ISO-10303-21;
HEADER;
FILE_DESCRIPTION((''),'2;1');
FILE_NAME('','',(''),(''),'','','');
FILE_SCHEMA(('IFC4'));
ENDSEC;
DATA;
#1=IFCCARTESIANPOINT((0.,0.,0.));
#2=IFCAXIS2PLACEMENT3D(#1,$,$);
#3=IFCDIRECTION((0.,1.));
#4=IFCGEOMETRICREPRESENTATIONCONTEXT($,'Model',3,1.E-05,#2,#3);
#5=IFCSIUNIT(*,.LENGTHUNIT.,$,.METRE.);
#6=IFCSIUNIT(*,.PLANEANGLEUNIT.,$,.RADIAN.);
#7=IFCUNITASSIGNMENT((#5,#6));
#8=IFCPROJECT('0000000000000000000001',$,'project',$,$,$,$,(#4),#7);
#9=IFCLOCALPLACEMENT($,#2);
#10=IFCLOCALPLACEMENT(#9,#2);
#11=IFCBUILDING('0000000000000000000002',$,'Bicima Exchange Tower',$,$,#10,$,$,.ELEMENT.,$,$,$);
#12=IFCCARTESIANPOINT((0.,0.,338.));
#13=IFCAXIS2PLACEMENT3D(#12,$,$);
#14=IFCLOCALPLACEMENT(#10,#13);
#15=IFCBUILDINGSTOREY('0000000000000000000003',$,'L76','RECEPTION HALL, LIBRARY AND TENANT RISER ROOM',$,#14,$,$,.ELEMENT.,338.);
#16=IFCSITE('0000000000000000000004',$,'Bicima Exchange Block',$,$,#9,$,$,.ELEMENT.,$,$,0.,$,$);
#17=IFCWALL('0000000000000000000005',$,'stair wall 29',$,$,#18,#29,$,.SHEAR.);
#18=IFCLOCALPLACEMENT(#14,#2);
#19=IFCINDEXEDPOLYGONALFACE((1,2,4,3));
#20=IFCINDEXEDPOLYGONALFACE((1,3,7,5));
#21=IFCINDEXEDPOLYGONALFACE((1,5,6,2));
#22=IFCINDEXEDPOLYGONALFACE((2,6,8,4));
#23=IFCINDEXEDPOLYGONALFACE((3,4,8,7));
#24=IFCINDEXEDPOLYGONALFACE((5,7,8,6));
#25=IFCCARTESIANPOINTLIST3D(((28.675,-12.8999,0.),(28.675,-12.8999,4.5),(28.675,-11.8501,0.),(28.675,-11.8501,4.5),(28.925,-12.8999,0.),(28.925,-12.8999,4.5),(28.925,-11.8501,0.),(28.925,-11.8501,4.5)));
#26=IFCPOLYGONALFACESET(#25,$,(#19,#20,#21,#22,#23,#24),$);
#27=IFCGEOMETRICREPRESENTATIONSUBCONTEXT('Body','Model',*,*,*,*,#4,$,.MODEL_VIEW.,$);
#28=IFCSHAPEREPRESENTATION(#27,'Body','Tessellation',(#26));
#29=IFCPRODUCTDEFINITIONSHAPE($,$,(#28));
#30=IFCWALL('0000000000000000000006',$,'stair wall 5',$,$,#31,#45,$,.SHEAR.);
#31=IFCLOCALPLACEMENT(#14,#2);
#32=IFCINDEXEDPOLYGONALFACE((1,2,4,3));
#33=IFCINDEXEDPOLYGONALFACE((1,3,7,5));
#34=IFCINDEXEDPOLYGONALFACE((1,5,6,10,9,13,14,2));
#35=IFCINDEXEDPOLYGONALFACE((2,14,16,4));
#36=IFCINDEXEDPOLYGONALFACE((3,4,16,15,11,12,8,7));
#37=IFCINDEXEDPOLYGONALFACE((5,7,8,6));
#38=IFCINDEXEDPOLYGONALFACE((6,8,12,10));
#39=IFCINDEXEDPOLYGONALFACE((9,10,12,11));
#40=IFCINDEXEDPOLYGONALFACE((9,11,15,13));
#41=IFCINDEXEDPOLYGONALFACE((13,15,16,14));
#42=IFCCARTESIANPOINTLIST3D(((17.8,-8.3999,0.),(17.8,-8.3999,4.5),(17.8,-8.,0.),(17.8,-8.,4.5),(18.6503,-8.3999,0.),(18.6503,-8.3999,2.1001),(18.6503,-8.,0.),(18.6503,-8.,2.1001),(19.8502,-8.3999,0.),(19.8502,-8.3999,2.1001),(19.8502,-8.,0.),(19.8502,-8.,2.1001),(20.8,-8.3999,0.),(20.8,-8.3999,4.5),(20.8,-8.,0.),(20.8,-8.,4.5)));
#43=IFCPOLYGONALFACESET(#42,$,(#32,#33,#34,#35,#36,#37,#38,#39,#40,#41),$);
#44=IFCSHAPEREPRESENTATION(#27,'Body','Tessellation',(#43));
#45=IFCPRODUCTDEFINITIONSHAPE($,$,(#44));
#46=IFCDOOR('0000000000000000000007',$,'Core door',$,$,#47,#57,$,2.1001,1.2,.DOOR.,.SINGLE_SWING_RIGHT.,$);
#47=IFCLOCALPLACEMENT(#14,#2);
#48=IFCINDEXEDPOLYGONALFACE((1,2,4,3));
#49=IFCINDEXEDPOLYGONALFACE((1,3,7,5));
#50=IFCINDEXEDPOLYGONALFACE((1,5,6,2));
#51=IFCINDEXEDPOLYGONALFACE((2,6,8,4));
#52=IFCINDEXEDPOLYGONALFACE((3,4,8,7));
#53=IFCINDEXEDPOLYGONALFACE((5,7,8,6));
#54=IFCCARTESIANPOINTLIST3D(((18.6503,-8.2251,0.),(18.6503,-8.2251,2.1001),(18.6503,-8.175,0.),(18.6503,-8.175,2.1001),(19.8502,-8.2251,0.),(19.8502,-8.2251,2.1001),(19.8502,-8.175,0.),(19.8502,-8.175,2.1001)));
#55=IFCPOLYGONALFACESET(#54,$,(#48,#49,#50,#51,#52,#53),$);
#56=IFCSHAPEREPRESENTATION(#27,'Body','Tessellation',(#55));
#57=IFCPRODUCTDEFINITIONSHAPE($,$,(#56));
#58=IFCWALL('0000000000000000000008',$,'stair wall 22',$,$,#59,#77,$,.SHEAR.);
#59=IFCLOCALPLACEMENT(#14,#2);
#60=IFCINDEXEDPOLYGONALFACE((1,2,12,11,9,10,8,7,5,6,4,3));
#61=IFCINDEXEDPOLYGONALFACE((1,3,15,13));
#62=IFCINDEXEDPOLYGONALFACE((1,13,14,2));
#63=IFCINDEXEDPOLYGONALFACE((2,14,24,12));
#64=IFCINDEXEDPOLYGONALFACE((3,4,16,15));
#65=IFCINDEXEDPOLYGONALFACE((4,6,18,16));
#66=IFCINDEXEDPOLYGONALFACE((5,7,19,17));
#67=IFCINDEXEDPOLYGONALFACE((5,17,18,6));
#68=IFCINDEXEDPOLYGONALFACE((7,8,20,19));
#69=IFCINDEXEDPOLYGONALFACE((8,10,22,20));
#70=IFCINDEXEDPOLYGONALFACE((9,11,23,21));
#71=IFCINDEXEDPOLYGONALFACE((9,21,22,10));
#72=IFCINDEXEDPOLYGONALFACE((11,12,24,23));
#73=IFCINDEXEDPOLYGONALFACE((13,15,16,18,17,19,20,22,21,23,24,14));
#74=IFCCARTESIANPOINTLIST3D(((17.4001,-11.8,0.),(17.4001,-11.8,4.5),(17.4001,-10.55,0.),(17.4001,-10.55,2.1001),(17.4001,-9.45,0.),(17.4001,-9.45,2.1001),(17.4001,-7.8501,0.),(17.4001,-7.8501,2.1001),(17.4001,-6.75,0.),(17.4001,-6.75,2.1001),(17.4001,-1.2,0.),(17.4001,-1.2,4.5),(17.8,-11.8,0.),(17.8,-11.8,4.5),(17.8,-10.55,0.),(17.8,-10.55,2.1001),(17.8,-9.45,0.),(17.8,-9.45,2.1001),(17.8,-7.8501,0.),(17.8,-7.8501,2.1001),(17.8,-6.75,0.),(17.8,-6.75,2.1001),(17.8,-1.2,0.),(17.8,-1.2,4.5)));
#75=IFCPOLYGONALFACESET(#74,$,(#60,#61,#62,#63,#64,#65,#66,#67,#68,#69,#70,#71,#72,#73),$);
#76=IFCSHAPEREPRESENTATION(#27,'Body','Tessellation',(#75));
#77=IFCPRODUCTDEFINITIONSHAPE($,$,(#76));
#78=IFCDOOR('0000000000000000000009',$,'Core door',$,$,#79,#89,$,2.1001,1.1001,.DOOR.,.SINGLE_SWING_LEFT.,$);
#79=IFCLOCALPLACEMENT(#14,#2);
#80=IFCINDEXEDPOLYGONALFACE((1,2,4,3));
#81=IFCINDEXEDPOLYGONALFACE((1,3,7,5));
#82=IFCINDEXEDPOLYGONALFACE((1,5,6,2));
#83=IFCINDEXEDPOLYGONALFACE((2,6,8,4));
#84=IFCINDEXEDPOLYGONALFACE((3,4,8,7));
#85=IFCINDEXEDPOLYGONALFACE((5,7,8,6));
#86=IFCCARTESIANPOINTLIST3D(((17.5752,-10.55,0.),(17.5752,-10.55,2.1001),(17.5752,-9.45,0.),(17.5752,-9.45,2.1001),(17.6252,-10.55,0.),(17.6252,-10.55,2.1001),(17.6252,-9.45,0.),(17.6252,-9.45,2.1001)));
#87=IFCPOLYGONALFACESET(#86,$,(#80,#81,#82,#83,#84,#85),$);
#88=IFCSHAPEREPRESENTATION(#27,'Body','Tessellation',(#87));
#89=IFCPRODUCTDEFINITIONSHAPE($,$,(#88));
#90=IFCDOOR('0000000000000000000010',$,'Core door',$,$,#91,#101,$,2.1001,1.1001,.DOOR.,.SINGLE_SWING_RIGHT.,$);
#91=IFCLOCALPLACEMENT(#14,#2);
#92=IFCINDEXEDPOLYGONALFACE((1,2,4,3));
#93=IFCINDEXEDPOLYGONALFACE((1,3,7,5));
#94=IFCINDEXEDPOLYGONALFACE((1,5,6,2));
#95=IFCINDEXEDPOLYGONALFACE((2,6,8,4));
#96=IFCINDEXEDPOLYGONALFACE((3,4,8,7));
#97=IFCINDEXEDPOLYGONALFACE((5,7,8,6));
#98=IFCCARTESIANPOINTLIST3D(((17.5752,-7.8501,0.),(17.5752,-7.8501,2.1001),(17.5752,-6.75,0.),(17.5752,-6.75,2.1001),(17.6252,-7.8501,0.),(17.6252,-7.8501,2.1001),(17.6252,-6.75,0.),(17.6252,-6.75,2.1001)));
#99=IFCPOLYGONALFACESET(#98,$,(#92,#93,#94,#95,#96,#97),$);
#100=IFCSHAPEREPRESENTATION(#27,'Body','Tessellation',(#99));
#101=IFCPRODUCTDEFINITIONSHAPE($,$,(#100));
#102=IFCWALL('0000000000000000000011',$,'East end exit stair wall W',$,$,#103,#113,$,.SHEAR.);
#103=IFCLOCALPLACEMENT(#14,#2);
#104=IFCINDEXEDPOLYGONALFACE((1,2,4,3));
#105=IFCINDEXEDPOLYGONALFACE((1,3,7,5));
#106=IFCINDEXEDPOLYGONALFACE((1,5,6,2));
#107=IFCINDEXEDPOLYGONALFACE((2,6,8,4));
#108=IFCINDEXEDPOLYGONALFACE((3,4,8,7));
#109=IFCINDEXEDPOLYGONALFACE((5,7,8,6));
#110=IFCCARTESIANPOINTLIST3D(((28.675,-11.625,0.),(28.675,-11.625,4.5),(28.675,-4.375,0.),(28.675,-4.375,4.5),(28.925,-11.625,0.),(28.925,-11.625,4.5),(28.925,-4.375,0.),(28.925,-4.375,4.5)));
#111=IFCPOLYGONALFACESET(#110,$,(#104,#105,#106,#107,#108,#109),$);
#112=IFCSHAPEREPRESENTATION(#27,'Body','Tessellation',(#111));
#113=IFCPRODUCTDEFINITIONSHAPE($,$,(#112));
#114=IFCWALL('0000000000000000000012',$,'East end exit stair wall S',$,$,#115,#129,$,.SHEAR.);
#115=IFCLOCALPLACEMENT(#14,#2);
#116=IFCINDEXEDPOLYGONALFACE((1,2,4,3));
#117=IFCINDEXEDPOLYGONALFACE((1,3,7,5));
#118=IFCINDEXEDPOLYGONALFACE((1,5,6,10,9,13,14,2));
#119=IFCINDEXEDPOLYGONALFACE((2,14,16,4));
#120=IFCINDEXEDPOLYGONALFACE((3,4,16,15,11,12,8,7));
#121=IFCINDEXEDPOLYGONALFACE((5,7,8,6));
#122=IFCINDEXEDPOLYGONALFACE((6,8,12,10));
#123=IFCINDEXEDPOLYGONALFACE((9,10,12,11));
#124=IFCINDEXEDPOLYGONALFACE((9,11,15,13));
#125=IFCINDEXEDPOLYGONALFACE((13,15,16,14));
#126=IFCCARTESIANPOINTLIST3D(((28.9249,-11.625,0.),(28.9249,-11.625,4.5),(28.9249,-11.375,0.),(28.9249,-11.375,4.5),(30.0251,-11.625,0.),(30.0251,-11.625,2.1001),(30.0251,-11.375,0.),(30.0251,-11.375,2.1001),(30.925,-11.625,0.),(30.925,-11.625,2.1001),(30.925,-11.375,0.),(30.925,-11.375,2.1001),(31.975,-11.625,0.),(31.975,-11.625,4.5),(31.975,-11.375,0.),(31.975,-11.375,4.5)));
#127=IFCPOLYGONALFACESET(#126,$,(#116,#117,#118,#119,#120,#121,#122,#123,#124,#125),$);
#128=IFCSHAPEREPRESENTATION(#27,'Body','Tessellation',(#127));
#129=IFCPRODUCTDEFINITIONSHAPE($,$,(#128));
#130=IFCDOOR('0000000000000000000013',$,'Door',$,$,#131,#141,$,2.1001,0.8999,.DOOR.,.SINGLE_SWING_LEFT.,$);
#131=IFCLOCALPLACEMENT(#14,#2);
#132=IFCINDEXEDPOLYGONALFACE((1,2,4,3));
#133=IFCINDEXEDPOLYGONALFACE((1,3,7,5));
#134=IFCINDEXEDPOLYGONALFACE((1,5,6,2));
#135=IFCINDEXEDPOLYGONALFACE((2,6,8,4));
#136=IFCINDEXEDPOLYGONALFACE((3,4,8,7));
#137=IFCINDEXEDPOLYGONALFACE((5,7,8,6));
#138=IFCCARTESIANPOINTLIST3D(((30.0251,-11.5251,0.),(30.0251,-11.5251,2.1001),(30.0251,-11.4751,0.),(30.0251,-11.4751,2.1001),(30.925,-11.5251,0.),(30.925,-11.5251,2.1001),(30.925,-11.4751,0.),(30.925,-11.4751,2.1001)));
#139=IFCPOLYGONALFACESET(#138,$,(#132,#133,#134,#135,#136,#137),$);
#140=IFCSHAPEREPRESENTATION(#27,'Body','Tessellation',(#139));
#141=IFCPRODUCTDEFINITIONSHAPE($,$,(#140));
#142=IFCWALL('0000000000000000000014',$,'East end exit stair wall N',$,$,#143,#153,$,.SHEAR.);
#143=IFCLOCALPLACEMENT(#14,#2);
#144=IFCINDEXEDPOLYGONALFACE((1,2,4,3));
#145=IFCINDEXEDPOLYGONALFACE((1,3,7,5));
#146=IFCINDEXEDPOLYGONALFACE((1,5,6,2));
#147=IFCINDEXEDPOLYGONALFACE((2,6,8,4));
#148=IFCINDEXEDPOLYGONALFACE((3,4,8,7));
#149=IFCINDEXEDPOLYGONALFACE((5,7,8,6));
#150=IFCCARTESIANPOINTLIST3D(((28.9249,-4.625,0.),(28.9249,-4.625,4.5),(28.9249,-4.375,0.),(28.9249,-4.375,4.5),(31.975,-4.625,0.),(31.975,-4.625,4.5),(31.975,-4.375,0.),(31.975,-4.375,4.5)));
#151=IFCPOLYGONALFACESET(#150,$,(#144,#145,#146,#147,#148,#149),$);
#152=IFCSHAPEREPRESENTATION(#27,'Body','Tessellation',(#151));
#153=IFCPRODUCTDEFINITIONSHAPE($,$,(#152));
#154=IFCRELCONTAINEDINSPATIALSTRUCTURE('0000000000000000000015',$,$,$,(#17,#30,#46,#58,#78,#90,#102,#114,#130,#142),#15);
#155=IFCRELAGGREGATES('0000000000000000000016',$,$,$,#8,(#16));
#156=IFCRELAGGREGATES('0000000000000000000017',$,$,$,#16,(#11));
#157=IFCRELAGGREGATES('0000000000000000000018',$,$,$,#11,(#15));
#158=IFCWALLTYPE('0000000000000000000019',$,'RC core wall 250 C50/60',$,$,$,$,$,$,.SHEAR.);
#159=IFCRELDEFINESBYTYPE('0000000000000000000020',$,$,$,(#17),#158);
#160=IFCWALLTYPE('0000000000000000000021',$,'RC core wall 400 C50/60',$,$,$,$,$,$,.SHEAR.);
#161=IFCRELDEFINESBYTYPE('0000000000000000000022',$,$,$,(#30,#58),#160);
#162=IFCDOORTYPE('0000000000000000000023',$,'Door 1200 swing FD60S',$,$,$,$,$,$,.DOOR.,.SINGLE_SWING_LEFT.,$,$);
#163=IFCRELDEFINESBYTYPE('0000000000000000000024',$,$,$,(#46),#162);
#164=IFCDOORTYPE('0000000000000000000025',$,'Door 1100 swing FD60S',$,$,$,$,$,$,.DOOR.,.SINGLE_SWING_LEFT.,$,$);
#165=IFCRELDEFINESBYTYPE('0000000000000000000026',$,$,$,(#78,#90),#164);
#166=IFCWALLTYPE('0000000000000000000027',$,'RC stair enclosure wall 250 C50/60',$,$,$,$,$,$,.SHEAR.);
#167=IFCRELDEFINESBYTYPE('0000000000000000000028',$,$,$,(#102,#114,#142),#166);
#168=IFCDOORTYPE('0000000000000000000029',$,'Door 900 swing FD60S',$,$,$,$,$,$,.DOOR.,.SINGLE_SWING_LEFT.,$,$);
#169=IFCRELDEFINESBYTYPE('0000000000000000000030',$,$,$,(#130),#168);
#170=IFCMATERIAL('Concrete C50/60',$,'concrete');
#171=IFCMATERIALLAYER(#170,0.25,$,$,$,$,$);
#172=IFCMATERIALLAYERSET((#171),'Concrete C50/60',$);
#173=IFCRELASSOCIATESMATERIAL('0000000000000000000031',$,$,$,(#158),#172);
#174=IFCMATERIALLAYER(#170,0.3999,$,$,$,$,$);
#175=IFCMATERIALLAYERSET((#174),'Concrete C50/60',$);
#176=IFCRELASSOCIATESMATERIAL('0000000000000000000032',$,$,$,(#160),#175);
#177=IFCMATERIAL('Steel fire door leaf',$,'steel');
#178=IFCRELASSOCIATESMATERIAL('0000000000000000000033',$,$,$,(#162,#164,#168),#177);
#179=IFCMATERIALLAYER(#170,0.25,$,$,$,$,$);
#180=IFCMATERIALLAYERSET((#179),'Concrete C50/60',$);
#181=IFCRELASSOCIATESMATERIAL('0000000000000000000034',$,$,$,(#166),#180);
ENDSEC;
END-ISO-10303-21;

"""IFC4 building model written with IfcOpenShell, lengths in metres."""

from ifc_helpers import new_model, si_unit, direction, frame, frame_2d, origin, place, context, subcontext, project, spatial, rectangle, extrude, material, layer, layer_set, type_object, element, fill, save


model = new_model("IFC4")

# Units and contexts
model_context = context("Model", 3, precision=1e-05, world=origin(), true_north=direction((0.0, 1.0)))
body_context = subcontext(model_context, "Body", "Model", "MODEL_VIEW")
ifc_project = project(units=[si_unit("LENGTHUNIT", "METRE"), si_unit("PLANEANGLEUNIT", "RADIAN")], contexts=[model_context])

# Site, building, storey
site_placement = place(None, origin())
site = spatial("IfcSite", under=ifc_project, at=site_placement, Name="Bicima Exchange Block", CompositionType="ELEMENT", RefElevation=0.0)
building_placement = place(site_placement, origin())
building = spatial("IfcBuilding", under=site, at=building_placement, Name="Bicima Exchange Tower", CompositionType="ELEMENT")
storey_placement = place(building_placement, frame((0.0, 0.0, 338.0)))
storey = spatial("IfcBuildingStorey", under=building, at=storey_placement, Name="L76", Description="RECEPTION HALL, LIBRARY AND TENANT RISER ROOM", CompositionType="ELEMENT", Elevation=338.0)

# Shared definitions
ifc_material_1 = material(Name="Steel fire door leaf", Category="steel")

# Wall
ifc_material_2 = material(Name="Concrete C50/60", Category="concrete")
ifc_layer_1 = layer(ifc_material_2, 0.25)
ifc_layer_set_1 = layer_set([ifc_layer_1], Name="Concrete C50/60")
wall_type_1 = type_object("IfcWallType", Name="RC core wall 250 C50/60", PredefinedType="SHEAR", material=ifc_layer_set_1)
wall_1_placement = place(storey_placement, frame((28.8, -12.8999, 0.0), z_axis=(0.0, 0.0, 1.0), x_axis=(0.0, 1.0, 0.0)))
element("IfcWall", 1, at=wall_1_placement, inside=storey, type_object=wall_type_1, Name="stair wall 29", PredefinedType="SHEAR", context=body_context, shape_type="SweptSolid", body=[
    extrude(rectangle(XDim=1.0498, YDim=0.25, at=frame_2d((0.5249, 0.0))), origin(), (0.0, 0.0, 1.0), 4.5),
])

# Wall, opening, door
ifc_layer_2 = layer(ifc_material_2, 0.3999)
ifc_layer_set_2 = layer_set([ifc_layer_2], Name="Concrete C50/60")
wall_type_2 = type_object("IfcWallType", Name="RC core wall 400 C50/60", PredefinedType="SHEAR", material=ifc_layer_set_2)
wall_2_placement = place(storey_placement, frame((17.8, -8.2, 0.0), z_axis=(0.0, 0.0, 1.0), x_axis=(1.0, 0.0, 0.0)))
wall_2 = element("IfcWall", 2, at=wall_2_placement, inside=storey, type_object=wall_type_2, Name="stair wall 5", PredefinedType="SHEAR", context=body_context, shape_type="SweptSolid", body=[
    extrude(rectangle(XDim=3.0, YDim=0.3999, at=frame_2d((1.5, 0.0))), origin(), (0.0, 0.0, 1.0), 4.5),
])
opening_1_placement = place(wall_2_placement, frame((0.8501, 0.0, 0.0)))
opening_1 = element("IfcOpeningElement", 3, at=opening_1_placement, cuts=wall_2, PredefinedType="OPENING", context=body_context, shape_type="SweptSolid", body=[
    extrude(rectangle(XDim=1.2, YDim=2.1001, at=frame_2d((0.6001, 1.05))), frame((0.0, 0.2119, 0.0), z_axis=(0.0, -1.0, 0.0), x_axis=(1.0, 0.0, 0.0)), (0.0, 0.0, 1.0), 0.4238),
])
door_type_1 = type_object("IfcDoorType", Name="Door 1200 swing FD60S", OperationType="SINGLE_SWING_LEFT", PredefinedType="DOOR", material=ifc_material_1)
door_1_placement = place(opening_1_placement, origin())
door_1 = element("IfcDoor", 4, at=door_1_placement, inside=storey, type_object=door_type_1, Name="Core door", OperationType="SINGLE_SWING_RIGHT", OverallHeight=2.1001, OverallWidth=1.2, PredefinedType="DOOR", context=body_context, shape_type="SweptSolid", body=[
    extrude(rectangle(XDim=1.2, YDim=2.1001, at=frame_2d((0.6001, 1.05))), frame((0.0, 0.0249, 0.0), z_axis=(0.0, -1.0, 0.0), x_axis=(1.0, 0.0, 0.0)), (0.0, 0.0, 1.0), 0.05),
])
fill(opening_1, door_1)

# Wall, openings, doors
wall_3_placement = place(storey_placement, frame((17.6001, -11.8, 0.0), z_axis=(0.0, 0.0, 1.0), x_axis=(0.0, 1.0, 0.0)))
wall_3 = element("IfcWall", 5, at=wall_3_placement, inside=storey, type_object=wall_type_2, Name="stair wall 22", PredefinedType="SHEAR", context=body_context, shape_type="SweptSolid", body=[
    extrude(rectangle(XDim=10.6001, YDim=0.3999, at=frame_2d((5.3, 0.0))), origin(), (0.0, 0.0, 1.0), 4.5),
])
opening_2_placement = place(wall_3_placement, frame((1.25, 0.0, 0.0)))
opening_2 = element("IfcOpeningElement", 6, at=opening_2_placement, cuts=wall_3, PredefinedType="OPENING", context=body_context, shape_type="SweptSolid", body=[
    extrude(rectangle(XDim=1.1001, YDim=2.1001, at=frame_2d((0.55, 1.05))), frame((0.0, 0.2119, 0.0), z_axis=(0.0, -1.0, 0.0), x_axis=(1.0, 0.0, 0.0)), (0.0, 0.0, 1.0), 0.4238),
])
opening_3_placement = place(wall_3_placement, frame((3.95, 0.0, 0.0)))
opening_3 = element("IfcOpeningElement", 7, at=opening_3_placement, cuts=wall_3, PredefinedType="OPENING", context=body_context, shape_type="SweptSolid", body=[
    extrude(rectangle(XDim=1.1001, YDim=2.1001, at=frame_2d((0.55, 1.05))), frame((0.0, 0.2119, 0.0), z_axis=(0.0, -1.0, 0.0), x_axis=(1.0, 0.0, 0.0)), (0.0, 0.0, 1.0), 0.4238),
])
door_type_2 = type_object("IfcDoorType", Name="Door 1100 swing FD60S", OperationType="SINGLE_SWING_LEFT", PredefinedType="DOOR", material=ifc_material_1)
door_2_placement = place(opening_2_placement, origin())
door_2 = element("IfcDoor", 8, at=door_2_placement, inside=storey, type_object=door_type_2, Name="Core door", OperationType="SINGLE_SWING_LEFT", OverallHeight=2.1001, OverallWidth=1.1001, PredefinedType="DOOR", context=body_context, shape_type="SweptSolid", body=[
    extrude(rectangle(XDim=1.1001, YDim=2.1001, at=frame_2d((0.55, 1.05))), frame((0.0, 0.0249, 0.0), z_axis=(0.0, -1.0, 0.0), x_axis=(1.0, 0.0, 0.0)), (0.0, 0.0, 1.0), 0.05),
])
fill(opening_2, door_2)
door_3_placement = place(opening_3_placement, origin())
door_3 = element("IfcDoor", 9, at=door_3_placement, inside=storey, type_object=door_type_2, Name="Core door", OperationType="SINGLE_SWING_RIGHT", OverallHeight=2.1001, OverallWidth=1.1001, PredefinedType="DOOR", context=body_context, shape_type="SweptSolid", body=[
    extrude(rectangle(XDim=1.1001, YDim=2.1001, at=frame_2d((0.55, 1.05))), frame((0.0, 0.0249, 0.0), z_axis=(0.0, -1.0, 0.0), x_axis=(1.0, 0.0, 0.0)), (0.0, 0.0, 1.0), 0.05),
])
fill(opening_3, door_3)

# Wall
ifc_layer_3 = layer(ifc_material_2, 0.25)
ifc_layer_set_3 = layer_set([ifc_layer_3], Name="Concrete C50/60")
wall_type_3 = type_object("IfcWallType", Name="RC stair enclosure wall 250 C50/60", PredefinedType="SHEAR", material=ifc_layer_set_3)
wall_4_placement = place(storey_placement, frame((28.8, -11.625, 0.0), z_axis=(0.0, 0.0, 1.0), x_axis=(0.0, 1.0, 0.0)))
element("IfcWall", 10, at=wall_4_placement, inside=storey, type_object=wall_type_3, Name="East end exit stair wall W", PredefinedType="SHEAR", context=body_context, shape_type="SweptSolid", body=[
    extrude(rectangle(XDim=7.25, YDim=0.25, at=frame_2d((3.625, 0.0))), origin(), (0.0, 0.0, 1.0), 4.5),
])

# Wall, opening, door
wall_5_placement = place(storey_placement, frame((28.925, -11.5, 0.0), z_axis=(0.0, 0.0, 1.0), x_axis=(1.0, 0.0, 0.0)))
wall_5 = element("IfcWall", 11, at=wall_5_placement, inside=storey, type_object=wall_type_3, Name="East end exit stair wall S", PredefinedType="SHEAR", context=body_context, shape_type="SweptSolid", body=[
    extrude(rectangle(XDim=3.05, YDim=0.25, at=frame_2d((1.5249, 0.0))), origin(), (0.0, 0.0, 1.0), 4.5),
])
opening_4_placement = place(wall_5_placement, frame((1.1001, 0.0, 0.0)))
opening_4 = element("IfcOpeningElement", 12, at=opening_4_placement, cuts=wall_5, PredefinedType="OPENING", context=body_context, shape_type="SweptSolid", body=[
    extrude(rectangle(XDim=0.8999, YDim=2.1001, at=frame_2d((0.45, 1.05))), frame((0.0, 0.137, 0.0), z_axis=(0.0, -1.0, 0.0), x_axis=(1.0, 0.0, 0.0)), (0.0, 0.0, 1.0), 0.2739),
])
door_type_3 = type_object("IfcDoorType", Name="Door 900 swing FD60S", OperationType="SINGLE_SWING_LEFT", PredefinedType="DOOR", material=ifc_material_1)
door_4_placement = place(opening_4_placement, origin())
door_4 = element("IfcDoor", 13, at=door_4_placement, inside=storey, type_object=door_type_3, Name="Door", OperationType="SINGLE_SWING_LEFT", OverallHeight=2.1001, OverallWidth=0.8999, PredefinedType="DOOR", context=body_context, shape_type="SweptSolid", body=[
    extrude(rectangle(XDim=0.8999, YDim=2.1001, at=frame_2d((0.45, 1.05))), frame((0.0, 0.0249, 0.0), z_axis=(0.0, -1.0, 0.0), x_axis=(1.0, 0.0, 0.0)), (0.0, 0.0, 1.0), 0.05),
])
fill(opening_4, door_4)

# Wall
wall_6_placement = place(storey_placement, frame((28.925, -4.5, 0.0), z_axis=(0.0, 0.0, 1.0), x_axis=(1.0, 0.0, 0.0)))
element("IfcWall", 14, at=wall_6_placement, inside=storey, type_object=wall_type_3, Name="East end exit stair wall N", PredefinedType="SHEAR", context=body_context, shape_type="SweptSolid", body=[
    extrude(rectangle(XDim=3.05, YDim=0.25, at=frame_2d((1.5249, 0.0))), origin(), (0.0, 0.0, 1.0), 4.5),
])

save(model, "model.ifc")
